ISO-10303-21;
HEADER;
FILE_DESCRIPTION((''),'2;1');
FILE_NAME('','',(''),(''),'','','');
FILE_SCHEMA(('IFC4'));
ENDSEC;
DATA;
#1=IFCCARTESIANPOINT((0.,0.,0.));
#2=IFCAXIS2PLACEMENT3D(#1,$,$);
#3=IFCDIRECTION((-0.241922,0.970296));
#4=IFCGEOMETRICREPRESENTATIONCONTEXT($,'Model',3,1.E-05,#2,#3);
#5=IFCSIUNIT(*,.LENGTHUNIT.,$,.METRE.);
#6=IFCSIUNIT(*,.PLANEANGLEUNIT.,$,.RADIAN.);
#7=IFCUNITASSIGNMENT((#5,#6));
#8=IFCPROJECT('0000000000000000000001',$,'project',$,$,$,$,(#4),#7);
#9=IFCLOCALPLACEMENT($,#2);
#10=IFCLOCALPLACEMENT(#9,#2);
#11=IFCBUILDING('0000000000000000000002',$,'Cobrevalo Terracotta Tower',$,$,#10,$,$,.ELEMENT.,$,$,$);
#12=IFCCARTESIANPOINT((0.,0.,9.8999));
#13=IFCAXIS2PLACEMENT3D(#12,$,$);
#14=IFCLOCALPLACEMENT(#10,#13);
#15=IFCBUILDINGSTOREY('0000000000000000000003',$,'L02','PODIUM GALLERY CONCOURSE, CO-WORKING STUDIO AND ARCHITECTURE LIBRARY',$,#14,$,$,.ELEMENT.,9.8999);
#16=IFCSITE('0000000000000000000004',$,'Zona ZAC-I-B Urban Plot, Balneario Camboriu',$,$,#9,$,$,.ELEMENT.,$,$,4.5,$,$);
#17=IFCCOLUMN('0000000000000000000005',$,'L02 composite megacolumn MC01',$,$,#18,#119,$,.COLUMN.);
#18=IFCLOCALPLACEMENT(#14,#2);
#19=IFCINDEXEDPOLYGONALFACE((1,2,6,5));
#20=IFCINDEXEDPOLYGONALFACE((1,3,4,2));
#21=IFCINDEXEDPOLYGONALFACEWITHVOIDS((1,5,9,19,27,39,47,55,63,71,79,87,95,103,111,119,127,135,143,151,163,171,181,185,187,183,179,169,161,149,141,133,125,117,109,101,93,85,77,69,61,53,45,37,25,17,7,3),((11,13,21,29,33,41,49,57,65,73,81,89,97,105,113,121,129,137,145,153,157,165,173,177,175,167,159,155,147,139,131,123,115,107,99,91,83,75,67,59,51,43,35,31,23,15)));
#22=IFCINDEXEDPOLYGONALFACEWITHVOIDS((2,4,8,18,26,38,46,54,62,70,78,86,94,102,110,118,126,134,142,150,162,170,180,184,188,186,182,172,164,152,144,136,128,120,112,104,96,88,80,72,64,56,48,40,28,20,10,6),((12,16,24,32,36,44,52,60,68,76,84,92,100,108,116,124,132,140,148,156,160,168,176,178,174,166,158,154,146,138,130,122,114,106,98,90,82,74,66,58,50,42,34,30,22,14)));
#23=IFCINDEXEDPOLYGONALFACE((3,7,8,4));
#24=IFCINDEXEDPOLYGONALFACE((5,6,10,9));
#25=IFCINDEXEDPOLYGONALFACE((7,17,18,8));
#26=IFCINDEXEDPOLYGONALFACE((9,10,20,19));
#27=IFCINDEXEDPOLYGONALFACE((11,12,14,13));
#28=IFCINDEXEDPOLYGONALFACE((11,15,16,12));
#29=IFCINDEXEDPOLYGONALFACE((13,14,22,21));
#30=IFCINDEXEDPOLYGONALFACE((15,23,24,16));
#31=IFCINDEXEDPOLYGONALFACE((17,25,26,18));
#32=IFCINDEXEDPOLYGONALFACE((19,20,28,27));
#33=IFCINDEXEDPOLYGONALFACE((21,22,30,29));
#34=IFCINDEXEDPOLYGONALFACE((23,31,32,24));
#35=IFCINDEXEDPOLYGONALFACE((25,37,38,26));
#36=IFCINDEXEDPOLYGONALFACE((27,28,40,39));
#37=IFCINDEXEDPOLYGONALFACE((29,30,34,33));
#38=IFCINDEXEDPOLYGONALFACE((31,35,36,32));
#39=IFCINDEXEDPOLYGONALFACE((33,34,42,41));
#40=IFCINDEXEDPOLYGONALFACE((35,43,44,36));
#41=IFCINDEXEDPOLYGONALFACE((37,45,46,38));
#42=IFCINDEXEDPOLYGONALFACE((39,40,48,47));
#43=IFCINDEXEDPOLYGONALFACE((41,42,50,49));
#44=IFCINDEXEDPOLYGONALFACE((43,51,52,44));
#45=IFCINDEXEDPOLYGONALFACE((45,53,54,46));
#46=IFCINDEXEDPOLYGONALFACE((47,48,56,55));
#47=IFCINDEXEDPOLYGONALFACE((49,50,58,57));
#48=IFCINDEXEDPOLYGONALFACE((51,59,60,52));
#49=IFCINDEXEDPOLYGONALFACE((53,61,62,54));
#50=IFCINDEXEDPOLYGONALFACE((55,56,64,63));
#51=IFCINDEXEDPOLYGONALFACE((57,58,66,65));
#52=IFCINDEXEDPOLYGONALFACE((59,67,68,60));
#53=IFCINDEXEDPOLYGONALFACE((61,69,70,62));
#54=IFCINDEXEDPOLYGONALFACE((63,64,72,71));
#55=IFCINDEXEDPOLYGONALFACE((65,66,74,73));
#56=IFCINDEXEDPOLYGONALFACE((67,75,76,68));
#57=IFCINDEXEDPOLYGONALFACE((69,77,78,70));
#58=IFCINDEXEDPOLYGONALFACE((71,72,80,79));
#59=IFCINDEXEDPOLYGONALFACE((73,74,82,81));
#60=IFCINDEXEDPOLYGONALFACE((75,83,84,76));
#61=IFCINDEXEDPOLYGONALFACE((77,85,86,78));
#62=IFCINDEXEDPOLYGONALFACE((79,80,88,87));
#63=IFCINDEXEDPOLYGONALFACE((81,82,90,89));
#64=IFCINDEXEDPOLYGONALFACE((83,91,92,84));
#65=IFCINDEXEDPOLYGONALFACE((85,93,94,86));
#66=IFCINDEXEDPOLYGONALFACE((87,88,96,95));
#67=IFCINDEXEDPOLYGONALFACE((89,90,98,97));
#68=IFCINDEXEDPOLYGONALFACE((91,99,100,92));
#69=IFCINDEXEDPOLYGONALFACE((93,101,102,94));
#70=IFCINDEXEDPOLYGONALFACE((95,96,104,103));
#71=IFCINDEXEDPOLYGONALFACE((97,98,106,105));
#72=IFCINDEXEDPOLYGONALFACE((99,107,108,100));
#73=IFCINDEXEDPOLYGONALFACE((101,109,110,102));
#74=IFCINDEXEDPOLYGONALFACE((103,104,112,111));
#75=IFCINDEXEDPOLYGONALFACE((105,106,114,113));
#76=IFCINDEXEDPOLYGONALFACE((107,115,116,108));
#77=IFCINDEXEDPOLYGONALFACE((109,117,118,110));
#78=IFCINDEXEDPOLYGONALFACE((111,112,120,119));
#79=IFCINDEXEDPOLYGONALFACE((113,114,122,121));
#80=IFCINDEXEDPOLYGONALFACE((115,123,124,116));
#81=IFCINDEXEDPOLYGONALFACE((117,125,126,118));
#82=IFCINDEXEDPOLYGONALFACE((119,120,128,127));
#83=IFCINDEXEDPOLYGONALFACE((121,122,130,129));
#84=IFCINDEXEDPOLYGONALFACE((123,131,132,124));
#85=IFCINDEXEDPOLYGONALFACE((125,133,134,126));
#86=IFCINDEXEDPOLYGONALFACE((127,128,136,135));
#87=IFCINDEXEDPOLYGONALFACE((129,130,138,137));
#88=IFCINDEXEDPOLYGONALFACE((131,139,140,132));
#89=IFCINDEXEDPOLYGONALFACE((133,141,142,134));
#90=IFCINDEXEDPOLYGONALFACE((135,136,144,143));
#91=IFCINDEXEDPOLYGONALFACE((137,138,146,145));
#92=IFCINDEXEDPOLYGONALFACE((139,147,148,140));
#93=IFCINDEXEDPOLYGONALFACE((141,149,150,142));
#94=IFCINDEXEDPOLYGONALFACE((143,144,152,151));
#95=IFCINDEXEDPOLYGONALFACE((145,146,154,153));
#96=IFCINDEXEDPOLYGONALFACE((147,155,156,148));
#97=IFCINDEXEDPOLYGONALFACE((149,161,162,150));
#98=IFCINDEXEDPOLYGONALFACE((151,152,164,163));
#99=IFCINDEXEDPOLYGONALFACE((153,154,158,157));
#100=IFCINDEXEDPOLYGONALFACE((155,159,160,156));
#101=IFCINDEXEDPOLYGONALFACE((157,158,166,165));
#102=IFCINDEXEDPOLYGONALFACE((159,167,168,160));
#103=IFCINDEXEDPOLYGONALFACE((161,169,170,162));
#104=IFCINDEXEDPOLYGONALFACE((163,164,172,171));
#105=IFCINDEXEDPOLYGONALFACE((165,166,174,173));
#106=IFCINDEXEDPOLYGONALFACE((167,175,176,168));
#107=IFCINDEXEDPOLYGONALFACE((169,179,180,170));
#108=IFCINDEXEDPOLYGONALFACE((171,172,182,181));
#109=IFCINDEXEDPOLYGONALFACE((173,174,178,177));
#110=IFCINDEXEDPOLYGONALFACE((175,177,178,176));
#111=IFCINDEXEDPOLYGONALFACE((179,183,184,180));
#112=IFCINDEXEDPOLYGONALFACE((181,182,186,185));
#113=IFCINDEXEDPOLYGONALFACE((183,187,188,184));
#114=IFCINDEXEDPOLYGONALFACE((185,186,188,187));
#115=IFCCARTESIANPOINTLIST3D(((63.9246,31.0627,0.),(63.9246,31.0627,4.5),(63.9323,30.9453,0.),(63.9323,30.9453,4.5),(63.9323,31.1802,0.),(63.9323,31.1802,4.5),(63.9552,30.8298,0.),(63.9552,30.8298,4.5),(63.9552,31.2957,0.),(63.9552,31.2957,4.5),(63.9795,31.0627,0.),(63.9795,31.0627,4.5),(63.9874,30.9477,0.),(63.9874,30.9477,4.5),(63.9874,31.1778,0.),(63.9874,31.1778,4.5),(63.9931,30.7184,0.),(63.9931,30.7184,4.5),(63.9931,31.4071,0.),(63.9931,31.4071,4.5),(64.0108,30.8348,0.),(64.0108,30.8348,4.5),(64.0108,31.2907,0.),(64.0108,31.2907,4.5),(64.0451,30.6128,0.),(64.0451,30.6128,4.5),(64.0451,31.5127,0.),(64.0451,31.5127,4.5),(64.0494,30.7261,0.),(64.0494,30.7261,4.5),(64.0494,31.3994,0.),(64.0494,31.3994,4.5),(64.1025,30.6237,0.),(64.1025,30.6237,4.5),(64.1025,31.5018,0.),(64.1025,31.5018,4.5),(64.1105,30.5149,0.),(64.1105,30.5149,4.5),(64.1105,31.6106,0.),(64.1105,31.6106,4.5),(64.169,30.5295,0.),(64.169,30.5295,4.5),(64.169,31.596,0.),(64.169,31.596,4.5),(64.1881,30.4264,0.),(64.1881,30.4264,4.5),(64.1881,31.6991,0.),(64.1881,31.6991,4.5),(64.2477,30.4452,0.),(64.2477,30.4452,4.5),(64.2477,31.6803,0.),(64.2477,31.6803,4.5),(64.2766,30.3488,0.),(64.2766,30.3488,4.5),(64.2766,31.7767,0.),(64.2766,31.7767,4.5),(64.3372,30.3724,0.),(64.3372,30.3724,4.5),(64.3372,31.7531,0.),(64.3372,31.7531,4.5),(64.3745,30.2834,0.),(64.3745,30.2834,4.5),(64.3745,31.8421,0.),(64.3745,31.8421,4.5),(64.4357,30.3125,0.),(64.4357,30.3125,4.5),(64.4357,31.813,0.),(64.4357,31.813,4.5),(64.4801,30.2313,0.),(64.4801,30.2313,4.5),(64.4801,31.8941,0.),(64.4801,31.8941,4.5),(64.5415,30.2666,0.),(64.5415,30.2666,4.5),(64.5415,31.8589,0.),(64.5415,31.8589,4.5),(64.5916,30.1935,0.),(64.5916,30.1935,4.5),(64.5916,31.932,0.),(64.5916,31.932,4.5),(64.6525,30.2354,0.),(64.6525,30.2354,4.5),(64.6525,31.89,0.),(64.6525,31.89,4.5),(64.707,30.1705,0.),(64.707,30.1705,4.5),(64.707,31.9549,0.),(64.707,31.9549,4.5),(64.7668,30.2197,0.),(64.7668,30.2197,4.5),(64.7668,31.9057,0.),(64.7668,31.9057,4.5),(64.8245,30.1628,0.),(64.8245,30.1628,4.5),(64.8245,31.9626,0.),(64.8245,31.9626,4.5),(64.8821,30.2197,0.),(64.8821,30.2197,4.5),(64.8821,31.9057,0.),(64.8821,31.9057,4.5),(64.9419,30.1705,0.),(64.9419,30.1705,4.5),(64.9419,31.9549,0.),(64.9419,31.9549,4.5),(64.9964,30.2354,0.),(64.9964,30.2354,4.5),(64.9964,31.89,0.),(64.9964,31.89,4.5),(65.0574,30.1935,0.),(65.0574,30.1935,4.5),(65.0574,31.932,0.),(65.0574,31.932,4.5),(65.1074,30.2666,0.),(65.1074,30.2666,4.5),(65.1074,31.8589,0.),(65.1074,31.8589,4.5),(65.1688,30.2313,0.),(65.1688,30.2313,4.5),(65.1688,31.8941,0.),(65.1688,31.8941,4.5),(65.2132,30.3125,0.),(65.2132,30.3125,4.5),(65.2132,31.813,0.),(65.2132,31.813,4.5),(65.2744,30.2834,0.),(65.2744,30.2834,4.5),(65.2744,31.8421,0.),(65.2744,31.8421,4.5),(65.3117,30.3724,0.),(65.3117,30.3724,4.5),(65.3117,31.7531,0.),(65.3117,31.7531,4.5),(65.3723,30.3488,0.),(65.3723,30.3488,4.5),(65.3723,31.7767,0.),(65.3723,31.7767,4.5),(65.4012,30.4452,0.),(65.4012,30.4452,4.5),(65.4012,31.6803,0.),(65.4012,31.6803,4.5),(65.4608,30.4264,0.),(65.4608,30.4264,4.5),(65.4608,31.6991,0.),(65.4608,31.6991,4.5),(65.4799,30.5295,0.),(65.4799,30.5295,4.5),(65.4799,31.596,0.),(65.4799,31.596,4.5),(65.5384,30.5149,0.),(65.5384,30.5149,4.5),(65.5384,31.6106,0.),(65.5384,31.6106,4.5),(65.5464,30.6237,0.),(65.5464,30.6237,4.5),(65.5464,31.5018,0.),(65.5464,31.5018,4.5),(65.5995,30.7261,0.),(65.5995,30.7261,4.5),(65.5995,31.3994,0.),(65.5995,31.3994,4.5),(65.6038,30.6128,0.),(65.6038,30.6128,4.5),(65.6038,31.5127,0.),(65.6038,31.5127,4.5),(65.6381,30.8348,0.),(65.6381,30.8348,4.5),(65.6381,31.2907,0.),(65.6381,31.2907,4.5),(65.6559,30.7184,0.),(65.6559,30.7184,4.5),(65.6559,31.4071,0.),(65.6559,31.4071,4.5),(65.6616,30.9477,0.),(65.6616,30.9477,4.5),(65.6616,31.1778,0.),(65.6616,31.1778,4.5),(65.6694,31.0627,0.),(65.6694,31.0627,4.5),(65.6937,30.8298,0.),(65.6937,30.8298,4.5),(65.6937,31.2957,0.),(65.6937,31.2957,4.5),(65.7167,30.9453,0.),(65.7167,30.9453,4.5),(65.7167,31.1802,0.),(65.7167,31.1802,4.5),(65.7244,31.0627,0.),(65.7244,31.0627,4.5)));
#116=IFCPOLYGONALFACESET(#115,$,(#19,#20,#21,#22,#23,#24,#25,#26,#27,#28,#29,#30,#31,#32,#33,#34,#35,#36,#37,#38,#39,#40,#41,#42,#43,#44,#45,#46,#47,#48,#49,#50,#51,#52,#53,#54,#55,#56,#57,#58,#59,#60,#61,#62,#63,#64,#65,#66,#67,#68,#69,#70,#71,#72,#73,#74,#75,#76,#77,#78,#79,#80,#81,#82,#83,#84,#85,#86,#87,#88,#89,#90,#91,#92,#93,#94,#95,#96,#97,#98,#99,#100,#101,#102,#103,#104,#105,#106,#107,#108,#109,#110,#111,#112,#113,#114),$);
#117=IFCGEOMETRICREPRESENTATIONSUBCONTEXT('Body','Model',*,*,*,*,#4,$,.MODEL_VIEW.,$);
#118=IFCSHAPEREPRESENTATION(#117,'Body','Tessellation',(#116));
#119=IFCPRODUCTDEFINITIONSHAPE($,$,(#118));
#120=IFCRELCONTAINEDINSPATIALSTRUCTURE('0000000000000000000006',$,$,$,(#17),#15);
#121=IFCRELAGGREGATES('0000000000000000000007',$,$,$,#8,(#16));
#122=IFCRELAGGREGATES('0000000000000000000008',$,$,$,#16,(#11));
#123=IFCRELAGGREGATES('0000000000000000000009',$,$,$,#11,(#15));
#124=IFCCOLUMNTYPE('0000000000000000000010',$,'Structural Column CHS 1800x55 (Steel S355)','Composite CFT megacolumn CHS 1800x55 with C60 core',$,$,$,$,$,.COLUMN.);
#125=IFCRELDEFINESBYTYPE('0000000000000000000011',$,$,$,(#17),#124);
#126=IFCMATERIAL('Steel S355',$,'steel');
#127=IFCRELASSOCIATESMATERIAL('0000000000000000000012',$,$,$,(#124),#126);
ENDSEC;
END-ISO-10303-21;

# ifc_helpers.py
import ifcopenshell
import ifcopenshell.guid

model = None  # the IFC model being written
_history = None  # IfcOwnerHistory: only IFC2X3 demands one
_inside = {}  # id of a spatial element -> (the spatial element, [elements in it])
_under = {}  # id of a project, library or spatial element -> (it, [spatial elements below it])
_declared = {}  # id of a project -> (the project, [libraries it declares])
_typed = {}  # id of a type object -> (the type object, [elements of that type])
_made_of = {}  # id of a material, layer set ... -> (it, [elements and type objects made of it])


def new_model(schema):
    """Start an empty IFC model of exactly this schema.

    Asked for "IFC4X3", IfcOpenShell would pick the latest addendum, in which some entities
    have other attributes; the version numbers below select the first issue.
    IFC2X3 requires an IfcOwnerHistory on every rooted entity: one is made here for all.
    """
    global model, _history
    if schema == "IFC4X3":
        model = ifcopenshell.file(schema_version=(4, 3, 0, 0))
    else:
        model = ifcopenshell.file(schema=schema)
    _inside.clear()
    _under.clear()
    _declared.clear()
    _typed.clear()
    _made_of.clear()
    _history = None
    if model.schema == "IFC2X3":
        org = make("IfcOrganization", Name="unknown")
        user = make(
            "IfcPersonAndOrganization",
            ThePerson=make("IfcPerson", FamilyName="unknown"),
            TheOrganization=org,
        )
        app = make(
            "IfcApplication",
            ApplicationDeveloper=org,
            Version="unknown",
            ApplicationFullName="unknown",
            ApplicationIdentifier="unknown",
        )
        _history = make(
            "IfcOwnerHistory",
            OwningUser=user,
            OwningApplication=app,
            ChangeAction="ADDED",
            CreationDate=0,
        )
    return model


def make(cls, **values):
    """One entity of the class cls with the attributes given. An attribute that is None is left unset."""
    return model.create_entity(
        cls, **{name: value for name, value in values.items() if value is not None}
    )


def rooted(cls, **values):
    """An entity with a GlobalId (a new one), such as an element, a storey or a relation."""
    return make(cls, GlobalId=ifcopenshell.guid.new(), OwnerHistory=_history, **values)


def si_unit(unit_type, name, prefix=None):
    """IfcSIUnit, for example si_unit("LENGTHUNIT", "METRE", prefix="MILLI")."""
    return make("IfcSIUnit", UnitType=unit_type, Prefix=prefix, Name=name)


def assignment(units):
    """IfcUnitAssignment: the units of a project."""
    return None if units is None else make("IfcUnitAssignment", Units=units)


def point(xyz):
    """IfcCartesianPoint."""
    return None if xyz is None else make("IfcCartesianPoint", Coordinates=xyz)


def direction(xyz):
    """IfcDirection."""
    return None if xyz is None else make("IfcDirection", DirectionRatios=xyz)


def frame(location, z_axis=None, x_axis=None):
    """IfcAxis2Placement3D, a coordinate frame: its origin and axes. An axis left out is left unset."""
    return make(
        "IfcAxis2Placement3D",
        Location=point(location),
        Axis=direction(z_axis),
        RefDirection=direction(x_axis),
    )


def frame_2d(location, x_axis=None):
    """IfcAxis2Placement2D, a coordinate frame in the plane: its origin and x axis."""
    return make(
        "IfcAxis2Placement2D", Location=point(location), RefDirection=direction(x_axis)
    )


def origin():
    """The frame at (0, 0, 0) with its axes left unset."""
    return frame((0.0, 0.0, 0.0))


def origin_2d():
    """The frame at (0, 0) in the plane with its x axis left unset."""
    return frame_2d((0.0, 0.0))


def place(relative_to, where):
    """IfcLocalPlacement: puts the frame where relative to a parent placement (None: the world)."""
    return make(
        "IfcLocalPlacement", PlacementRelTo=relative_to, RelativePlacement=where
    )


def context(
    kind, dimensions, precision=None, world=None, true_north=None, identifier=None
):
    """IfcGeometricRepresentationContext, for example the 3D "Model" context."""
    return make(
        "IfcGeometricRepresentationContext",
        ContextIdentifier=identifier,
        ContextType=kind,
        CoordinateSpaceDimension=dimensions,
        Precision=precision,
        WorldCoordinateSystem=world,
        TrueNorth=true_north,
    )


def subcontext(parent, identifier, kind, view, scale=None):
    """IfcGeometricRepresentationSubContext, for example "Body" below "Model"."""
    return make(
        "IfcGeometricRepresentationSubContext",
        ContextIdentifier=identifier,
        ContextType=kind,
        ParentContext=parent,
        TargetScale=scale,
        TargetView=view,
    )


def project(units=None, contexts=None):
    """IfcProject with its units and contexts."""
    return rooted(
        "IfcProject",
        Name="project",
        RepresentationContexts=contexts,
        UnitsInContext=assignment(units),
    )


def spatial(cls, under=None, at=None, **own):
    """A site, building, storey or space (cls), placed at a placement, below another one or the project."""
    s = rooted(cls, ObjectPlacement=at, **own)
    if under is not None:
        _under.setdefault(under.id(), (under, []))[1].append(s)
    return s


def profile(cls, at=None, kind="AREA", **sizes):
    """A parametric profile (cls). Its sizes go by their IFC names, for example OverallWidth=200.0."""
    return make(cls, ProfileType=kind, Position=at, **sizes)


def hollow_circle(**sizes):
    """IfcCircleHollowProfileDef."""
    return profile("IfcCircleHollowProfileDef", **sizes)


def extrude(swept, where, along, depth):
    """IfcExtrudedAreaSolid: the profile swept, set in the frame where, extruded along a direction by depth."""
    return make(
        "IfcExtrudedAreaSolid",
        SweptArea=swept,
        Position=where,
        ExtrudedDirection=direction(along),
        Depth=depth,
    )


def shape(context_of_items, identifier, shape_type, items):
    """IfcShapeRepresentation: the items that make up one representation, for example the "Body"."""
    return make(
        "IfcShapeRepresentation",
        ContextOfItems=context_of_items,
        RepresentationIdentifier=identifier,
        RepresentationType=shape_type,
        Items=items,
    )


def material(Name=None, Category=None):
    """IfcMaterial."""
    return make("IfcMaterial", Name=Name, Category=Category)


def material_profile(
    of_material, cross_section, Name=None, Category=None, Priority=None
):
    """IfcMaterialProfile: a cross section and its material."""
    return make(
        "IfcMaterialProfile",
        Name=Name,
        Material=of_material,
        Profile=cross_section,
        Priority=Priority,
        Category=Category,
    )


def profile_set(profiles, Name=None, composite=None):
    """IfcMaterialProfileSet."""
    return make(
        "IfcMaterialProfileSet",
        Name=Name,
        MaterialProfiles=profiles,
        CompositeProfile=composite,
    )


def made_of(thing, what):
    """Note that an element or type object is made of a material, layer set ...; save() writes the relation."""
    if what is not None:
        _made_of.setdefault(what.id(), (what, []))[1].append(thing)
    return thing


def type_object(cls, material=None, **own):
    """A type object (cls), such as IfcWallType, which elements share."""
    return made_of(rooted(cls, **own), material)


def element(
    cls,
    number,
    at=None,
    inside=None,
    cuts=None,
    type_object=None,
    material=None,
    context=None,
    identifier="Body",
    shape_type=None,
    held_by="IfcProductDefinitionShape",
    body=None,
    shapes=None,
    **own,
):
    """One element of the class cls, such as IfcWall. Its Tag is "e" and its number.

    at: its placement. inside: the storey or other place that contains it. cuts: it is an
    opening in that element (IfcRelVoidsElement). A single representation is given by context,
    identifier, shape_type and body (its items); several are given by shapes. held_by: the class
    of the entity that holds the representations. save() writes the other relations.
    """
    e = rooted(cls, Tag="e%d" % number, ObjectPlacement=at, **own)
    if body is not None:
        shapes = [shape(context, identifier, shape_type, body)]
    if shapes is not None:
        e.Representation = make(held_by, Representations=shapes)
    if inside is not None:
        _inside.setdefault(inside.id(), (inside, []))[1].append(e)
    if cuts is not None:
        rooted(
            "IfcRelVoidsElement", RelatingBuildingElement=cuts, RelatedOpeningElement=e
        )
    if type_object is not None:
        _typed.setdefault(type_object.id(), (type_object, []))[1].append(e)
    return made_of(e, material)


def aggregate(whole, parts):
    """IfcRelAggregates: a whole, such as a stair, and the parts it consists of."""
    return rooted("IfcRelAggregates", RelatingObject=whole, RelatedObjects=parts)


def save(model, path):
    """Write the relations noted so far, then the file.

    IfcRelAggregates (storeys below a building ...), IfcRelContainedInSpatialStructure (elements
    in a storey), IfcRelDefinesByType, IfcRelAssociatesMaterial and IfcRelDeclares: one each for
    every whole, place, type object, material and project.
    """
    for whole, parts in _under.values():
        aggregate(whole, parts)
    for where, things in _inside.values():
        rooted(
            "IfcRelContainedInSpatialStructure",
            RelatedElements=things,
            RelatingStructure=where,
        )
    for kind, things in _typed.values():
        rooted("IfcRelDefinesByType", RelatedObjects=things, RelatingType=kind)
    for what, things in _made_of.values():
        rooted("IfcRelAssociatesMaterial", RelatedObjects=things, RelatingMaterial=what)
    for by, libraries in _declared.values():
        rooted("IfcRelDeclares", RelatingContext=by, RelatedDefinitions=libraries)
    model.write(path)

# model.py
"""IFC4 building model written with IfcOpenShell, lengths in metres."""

from ifc_helpers import new_model, si_unit, direction, frame, origin, origin_2d, place, context, subcontext, project, spatial, hollow_circle, extrude, material, material_profile, profile_set, type_object, element, save


model = new_model("IFC4")

# Units and contexts
model_context = context("Model", 3, precision=1e-05, world=origin(), true_north=direction((-0.241922, 0.970296)))
body_context = subcontext(model_context, "Body", "Model", "MODEL_VIEW")
ifc_project = project(units=[si_unit("LENGTHUNIT", "METRE"), si_unit("PLANEANGLEUNIT", "RADIAN")], contexts=[model_context])

# Site, building, storey
site_placement = place(None, origin())
site = spatial("IfcSite", under=ifc_project, at=site_placement, Name="Zona ZAC-I-B Urban Plot, Balneario Camboriu", CompositionType="ELEMENT", RefElevation=4.5)
building_placement = place(site_placement, origin())
building = spatial("IfcBuilding", under=site, at=building_placement, Name="Cobrevalo Terracotta Tower", CompositionType="ELEMENT")
storey_placement = place(building_placement, frame((0.0, 0.0, 9.8999)))
storey = spatial("IfcBuildingStorey", under=building, at=storey_placement, Name="L02", Description="PODIUM GALLERY CONCOURSE, CO-WORKING STUDIO AND ARCHITECTURE LIBRARY", CompositionType="ELEMENT", Elevation=9.8999)

# Column
ifc_material_1 = material(Name="Steel S355", Category="steel")
ifc_material_profile_1 = material_profile(ifc_material_1, hollow_circle(Radius=0.8999, WallThickness=0.0549, at=origin_2d()), Name="CHS 1800x55")
ifc_profile_set_1 = profile_set([ifc_material_profile_1], Name="Steel S355")
column_type_1 = type_object("IfcColumnType", Name="Structural Column CHS 1800x55 (Steel S355)", Description="Composite CFT megacolumn CHS 1800x55 with C60 core", PredefinedType="COLUMN", material=ifc_profile_set_1)
for number, where, z_axis, x_axis, name in (
    (1, (64.8245, 31.0627, 0.0), (0.0, 0.0, 1.0), (1.0, 0.0, 0.0), "L02 composite megacolumn MC01"),
):
    element("IfcColumn", number, at=place(storey_placement, frame(where, z_axis=z_axis, x_axis=x_axis)), inside=storey, type_object=column_type_1, Name=name, PredefinedType="COLUMN", context=body_context, shape_type="SweptSolid", body=[
        extrude(hollow_circle(Radius=0.8999, WallThickness=0.0549, at=origin_2d()), origin(), (0.0, 0.0, 1.0), 4.5),
    ])

save(model, "model.ifc")
